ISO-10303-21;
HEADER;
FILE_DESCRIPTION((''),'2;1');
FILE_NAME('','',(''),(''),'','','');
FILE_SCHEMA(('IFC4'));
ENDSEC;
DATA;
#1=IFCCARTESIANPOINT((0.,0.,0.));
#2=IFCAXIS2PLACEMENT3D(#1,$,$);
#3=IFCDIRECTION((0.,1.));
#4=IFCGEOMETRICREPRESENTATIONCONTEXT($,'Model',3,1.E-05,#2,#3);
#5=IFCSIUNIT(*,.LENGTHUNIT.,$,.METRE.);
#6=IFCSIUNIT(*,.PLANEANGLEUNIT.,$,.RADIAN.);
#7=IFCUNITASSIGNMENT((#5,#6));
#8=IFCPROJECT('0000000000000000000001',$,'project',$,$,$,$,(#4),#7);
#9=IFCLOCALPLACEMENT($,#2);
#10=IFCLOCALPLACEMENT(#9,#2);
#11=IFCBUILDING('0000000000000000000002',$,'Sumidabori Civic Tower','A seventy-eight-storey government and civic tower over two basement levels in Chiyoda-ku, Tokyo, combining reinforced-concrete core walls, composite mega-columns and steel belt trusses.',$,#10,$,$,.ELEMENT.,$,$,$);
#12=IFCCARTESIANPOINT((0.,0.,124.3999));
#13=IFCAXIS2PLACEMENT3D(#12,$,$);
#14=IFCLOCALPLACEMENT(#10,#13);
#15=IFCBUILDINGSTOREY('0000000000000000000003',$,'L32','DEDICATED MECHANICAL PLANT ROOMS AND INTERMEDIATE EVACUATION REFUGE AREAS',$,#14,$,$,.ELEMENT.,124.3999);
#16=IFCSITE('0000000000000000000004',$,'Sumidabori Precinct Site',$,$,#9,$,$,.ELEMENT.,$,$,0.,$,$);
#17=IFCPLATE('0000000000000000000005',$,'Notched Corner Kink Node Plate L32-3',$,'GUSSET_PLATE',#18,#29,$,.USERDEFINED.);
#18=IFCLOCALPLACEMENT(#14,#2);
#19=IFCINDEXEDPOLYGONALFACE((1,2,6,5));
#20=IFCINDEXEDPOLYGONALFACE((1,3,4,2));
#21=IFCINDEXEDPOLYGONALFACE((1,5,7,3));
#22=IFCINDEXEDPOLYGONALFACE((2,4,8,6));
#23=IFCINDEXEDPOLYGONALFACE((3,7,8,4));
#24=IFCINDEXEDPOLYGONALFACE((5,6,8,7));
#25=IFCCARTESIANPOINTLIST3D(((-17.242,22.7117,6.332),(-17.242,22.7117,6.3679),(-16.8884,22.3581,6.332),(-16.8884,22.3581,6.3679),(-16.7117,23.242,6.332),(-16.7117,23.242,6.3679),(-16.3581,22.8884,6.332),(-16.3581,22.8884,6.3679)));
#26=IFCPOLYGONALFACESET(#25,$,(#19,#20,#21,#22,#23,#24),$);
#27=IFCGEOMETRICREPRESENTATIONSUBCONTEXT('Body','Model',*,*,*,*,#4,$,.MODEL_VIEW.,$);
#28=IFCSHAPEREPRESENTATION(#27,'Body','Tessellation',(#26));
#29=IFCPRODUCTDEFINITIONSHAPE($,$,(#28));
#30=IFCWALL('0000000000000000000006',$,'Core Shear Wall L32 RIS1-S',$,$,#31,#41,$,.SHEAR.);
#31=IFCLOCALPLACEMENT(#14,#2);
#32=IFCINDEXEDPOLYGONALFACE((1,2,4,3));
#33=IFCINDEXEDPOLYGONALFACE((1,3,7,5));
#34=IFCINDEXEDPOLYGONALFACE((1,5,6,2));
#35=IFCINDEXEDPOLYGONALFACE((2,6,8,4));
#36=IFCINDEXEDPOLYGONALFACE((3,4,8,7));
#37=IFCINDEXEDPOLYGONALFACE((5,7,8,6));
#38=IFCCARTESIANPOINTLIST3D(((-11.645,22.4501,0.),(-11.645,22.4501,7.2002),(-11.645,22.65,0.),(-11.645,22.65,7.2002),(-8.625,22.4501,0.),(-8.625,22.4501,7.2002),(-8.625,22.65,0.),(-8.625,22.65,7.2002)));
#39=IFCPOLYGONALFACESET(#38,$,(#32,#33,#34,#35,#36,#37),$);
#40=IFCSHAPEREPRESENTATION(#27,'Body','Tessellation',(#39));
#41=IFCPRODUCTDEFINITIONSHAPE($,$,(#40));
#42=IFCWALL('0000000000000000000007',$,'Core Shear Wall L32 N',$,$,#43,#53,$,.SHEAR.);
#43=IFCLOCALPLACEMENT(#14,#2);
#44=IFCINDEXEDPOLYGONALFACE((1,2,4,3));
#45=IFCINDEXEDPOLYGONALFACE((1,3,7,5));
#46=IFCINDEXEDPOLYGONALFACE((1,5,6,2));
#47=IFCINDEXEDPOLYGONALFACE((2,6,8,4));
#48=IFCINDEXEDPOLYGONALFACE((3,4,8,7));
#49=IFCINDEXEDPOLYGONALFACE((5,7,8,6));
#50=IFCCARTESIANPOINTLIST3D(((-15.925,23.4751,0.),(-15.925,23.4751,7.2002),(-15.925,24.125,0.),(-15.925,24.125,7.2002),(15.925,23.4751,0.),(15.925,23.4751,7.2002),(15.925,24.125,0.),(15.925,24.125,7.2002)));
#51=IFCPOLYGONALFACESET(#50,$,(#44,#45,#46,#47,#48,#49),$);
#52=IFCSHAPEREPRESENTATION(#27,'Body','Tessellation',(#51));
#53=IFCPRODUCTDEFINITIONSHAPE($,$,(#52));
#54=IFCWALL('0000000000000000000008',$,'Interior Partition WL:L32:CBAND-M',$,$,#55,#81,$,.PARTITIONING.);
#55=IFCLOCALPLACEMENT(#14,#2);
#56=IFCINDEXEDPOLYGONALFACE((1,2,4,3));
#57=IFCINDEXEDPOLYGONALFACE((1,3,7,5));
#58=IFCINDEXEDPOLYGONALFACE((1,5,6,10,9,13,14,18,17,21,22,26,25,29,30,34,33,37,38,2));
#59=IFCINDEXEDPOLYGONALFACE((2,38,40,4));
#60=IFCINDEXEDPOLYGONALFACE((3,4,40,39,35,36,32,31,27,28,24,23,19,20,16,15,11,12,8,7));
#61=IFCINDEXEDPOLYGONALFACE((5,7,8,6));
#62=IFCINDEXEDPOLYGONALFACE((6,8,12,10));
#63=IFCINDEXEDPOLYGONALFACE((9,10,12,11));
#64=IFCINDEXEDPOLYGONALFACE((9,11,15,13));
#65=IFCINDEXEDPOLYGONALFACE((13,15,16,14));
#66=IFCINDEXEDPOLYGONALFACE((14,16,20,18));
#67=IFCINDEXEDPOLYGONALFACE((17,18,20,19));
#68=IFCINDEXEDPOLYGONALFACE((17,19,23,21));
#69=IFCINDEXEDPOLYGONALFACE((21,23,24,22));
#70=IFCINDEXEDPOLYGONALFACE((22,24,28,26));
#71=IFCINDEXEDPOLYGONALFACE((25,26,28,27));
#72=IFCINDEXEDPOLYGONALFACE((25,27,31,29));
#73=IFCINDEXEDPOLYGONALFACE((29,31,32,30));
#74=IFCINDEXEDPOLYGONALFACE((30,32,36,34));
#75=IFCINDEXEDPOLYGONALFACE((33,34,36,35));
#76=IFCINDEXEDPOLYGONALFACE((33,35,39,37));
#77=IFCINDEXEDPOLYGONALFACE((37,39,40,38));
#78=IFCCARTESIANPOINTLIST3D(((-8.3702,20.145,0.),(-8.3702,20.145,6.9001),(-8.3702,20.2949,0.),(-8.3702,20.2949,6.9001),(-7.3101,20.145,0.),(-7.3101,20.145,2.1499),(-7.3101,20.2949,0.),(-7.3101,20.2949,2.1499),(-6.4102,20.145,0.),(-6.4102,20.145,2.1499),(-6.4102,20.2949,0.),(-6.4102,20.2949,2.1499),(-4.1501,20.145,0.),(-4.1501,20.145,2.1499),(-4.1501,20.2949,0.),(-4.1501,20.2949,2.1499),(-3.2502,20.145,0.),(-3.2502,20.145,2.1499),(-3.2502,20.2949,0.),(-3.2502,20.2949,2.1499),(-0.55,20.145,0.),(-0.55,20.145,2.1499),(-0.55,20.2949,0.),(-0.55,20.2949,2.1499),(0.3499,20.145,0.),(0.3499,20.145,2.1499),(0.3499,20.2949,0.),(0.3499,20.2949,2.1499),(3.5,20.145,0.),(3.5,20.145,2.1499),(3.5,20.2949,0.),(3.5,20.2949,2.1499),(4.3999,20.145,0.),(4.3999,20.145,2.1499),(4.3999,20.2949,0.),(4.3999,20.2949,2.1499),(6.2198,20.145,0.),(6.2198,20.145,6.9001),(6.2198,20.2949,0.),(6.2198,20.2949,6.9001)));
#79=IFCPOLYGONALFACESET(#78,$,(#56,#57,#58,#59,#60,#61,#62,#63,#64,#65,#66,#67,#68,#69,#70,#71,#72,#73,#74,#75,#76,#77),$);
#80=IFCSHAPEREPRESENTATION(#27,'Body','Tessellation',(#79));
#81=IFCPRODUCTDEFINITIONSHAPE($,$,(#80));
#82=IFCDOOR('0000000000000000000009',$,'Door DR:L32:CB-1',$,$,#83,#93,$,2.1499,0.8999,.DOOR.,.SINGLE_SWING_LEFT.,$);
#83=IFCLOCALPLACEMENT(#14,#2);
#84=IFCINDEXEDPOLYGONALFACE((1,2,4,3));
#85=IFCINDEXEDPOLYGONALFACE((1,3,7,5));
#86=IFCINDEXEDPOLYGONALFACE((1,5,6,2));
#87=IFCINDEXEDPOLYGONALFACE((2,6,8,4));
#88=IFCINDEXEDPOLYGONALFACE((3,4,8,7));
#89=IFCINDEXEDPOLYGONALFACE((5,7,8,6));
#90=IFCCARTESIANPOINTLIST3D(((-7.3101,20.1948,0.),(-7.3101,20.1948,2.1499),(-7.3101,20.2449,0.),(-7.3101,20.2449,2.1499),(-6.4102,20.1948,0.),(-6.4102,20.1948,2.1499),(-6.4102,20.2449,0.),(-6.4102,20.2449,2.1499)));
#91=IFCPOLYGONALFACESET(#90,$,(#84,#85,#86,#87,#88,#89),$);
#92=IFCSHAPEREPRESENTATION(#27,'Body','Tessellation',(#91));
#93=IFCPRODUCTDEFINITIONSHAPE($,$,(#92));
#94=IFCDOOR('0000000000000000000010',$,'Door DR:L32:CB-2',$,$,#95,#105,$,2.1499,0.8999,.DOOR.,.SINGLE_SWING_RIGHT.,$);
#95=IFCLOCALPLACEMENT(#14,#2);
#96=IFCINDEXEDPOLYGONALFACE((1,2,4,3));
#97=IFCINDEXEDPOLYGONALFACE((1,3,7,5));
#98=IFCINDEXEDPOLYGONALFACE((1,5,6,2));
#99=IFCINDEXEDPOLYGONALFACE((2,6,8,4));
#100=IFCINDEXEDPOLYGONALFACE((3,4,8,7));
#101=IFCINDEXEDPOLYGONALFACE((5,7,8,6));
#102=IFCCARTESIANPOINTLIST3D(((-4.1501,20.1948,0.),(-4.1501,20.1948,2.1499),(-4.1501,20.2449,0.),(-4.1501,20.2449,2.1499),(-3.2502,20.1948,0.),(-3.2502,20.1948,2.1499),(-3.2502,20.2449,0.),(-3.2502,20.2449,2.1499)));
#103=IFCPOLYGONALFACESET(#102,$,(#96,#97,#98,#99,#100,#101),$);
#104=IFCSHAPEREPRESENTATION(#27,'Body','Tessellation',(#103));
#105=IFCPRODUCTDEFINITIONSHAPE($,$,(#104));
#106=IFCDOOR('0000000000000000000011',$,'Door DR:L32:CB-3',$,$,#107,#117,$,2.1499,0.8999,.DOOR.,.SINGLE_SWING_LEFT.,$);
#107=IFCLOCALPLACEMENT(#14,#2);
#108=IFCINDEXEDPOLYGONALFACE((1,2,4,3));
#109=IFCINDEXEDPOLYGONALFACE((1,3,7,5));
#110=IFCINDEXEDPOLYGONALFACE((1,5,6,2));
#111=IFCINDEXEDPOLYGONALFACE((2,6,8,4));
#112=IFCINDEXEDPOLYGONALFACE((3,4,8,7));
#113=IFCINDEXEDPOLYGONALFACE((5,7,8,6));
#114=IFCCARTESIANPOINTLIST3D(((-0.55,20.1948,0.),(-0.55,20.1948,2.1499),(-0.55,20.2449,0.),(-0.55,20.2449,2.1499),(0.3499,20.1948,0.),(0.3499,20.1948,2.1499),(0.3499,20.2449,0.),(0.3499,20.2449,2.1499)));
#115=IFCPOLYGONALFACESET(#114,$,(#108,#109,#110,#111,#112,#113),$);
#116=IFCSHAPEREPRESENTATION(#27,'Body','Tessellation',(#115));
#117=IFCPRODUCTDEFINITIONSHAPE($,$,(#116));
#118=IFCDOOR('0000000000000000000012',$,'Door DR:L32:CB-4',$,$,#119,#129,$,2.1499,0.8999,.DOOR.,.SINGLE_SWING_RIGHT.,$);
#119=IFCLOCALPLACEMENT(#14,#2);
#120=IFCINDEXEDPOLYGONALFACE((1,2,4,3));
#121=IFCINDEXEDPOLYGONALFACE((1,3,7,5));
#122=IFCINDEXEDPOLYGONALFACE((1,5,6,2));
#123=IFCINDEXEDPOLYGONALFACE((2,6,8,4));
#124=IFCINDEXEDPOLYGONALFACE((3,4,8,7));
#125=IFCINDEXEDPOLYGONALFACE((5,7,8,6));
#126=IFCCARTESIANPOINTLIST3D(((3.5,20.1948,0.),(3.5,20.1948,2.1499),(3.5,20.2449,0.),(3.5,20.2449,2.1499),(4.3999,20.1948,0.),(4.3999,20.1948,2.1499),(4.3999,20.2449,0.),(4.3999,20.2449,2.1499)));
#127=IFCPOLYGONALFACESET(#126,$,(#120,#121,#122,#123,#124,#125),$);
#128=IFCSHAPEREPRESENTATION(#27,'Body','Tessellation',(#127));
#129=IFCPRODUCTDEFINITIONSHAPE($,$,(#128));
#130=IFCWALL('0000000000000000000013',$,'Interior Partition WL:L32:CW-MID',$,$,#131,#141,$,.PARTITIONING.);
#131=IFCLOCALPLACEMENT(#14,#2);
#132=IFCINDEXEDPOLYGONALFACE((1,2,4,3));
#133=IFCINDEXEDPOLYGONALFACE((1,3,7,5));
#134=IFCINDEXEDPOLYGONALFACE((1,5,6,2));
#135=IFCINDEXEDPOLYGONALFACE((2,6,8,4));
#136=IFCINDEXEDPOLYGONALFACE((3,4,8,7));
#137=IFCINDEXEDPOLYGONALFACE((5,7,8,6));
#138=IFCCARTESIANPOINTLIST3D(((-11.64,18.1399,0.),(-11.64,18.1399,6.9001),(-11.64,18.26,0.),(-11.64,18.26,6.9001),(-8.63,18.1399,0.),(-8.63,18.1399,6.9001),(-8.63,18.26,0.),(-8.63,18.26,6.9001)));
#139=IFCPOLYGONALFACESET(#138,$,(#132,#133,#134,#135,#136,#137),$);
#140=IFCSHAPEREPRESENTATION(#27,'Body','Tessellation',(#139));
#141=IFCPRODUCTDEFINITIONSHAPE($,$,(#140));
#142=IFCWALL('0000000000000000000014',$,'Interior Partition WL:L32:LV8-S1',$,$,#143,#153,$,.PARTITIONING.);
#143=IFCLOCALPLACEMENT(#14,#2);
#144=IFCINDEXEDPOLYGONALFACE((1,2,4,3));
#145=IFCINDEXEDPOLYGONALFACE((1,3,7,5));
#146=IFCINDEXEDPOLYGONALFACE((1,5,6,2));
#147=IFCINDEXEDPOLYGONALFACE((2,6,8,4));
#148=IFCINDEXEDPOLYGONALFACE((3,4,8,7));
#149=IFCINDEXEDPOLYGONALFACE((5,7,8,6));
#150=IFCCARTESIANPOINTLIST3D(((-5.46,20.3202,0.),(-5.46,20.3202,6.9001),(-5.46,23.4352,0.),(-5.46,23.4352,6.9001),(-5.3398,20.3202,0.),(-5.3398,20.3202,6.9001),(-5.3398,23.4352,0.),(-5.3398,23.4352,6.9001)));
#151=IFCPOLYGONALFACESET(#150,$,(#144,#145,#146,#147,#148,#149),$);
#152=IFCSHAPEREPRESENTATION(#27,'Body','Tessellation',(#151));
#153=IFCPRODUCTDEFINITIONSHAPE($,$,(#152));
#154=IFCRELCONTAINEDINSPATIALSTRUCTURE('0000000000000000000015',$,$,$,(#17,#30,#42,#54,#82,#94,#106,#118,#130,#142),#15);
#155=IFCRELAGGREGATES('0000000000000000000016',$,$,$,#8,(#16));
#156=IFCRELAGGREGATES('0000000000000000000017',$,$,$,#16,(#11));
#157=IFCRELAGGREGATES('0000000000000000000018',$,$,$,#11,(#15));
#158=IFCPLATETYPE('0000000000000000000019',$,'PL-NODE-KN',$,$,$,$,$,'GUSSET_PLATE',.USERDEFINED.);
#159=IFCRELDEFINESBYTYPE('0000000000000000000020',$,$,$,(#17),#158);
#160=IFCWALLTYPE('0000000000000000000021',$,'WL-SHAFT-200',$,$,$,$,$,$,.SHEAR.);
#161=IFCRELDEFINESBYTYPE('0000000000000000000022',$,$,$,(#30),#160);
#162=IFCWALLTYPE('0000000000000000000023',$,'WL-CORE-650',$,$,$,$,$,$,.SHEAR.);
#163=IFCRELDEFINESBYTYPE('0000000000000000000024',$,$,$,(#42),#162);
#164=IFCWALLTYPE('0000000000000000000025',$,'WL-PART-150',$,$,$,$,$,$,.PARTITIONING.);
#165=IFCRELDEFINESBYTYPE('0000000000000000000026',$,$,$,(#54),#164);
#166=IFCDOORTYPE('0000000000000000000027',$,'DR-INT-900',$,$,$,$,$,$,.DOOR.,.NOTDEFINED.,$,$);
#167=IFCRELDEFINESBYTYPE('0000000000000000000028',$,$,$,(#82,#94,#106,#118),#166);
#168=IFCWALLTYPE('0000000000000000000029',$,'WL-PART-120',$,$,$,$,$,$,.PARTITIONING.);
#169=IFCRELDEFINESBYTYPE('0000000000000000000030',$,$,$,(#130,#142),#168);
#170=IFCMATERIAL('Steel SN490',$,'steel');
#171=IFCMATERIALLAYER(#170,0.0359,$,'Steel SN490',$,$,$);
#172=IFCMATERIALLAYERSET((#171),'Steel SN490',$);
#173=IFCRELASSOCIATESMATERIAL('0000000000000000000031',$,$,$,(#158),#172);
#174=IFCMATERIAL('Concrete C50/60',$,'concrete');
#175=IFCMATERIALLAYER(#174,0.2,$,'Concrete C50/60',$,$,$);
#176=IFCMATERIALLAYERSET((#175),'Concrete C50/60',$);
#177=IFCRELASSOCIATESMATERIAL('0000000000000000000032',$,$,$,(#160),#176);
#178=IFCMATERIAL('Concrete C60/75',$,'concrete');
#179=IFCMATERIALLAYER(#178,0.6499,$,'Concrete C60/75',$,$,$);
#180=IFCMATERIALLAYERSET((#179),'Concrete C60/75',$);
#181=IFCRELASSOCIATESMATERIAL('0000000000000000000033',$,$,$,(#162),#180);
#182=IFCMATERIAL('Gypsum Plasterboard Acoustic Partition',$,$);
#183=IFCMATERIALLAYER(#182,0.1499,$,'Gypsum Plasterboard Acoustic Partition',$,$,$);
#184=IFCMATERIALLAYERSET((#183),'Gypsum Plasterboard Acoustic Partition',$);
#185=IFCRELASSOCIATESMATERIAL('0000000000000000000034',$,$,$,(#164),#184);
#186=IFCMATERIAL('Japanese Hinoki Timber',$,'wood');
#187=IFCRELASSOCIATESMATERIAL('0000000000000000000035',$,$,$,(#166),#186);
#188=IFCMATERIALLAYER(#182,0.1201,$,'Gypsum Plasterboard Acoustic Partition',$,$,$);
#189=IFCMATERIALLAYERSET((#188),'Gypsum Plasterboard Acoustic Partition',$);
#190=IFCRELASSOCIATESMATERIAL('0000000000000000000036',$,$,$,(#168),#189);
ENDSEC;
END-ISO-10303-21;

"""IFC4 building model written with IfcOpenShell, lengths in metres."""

from ifc_helpers import new_model, si_unit, direction, frame, frame_2d, origin, origin_2d, place, context, subcontext, project, spatial, rectangle, extrude, source, transform, mapped, material, layer, layer_set, type_object, element, fill, save


model = new_model("IFC4")

# Units and contexts
model_context = context("Model", 3, precision=1e-05, world=origin(), true_north=direction((0.0, 1.0)))
body_context = subcontext(model_context, "Body", "Model", "MODEL_VIEW")
ifc_project = project(units=[si_unit("LENGTHUNIT", "METRE"), si_unit("PLANEANGLEUNIT", "RADIAN")], contexts=[model_context])

# Site, building, storey
site_placement = place(None, origin())
site = spatial("IfcSite", under=ifc_project, at=site_placement, Name="Sumidabori Precinct Site", CompositionType="ELEMENT", RefElevation=0.0)
building_placement = place(site_placement, origin())
building = spatial("IfcBuilding", under=site, at=building_placement, Name="Sumidabori Civic Tower", Description="A seventy-eight-storey government and civic tower over two basement levels in Chiyoda-ku, Tokyo, combining reinforced-concrete core walls, composite mega-columns and steel belt trusses.", CompositionType="ELEMENT")
storey_placement = place(building_placement, frame((0.0, 0.0, 124.3999)))
storey = spatial("IfcBuildingStorey", under=building, at=storey_placement, Name="L32", Description="DEDICATED MECHANICAL PLANT ROOMS AND INTERMEDIATE EVACUATION REFUGE AREAS", CompositionType="ELEMENT", Elevation=124.3999)

# Shared definitions
ifc_material_1 = material(Name="Concrete C60/75", Category="concrete")

# Shared definitions
ifc_material_2 = material(Name="Steel SN490", Category="steel")

# Plate
ifc_layer_1 = layer(ifc_material_2, 0.0359, Name="Steel SN490")
ifc_layer_set_1 = layer_set([ifc_layer_1], Name="Steel SN490")
plate_type_1 = type_object("IfcPlateType", Name="PL-NODE-KN", ElementType="GUSSET_PLATE", PredefinedType="USERDEFINED", material=ifc_layer_set_1)
shared_shape_1 = source(origin(), body_context, "Body", "SweptSolid", [
    extrude(rectangle(XDim=0.75, YDim=0.5, at=origin_2d()), origin(), (0.0, 0.0, 1.0), 0.0359),
])
plate_1_placement = place(storey_placement, frame((-16.8, 22.8, 6.332), z_axis=(0.0, 0.0, 1.0), x_axis=(0.707107, 0.707107, 0.0)))
element("IfcPlate", 1, at=plate_1_placement, inside=storey, type_object=plate_type_1, Name="Notched Corner Kink Node Plate L32-3", ObjectType="GUSSET_PLATE", PredefinedType="USERDEFINED", context=body_context, shape_type="MappedRepresentation", body=[
    mapped(shared_shape_1, transform((0.0, 0.0, 0.0), x_axis=(1.0, 0.0, 0.0), y_axis=(0.0, 1.0, 0.0), z_axis=(0.0, 0.0, 1.0), scale=1.0)),
])

# Walls
ifc_material_3 = material(Name="Concrete C50/60", Category="concrete")
ifc_layer_2 = layer(ifc_material_3, 0.2, Name="Concrete C50/60")
ifc_layer_set_2 = layer_set([ifc_layer_2], Name="Concrete C50/60")
wall_type_1 = type_object("IfcWallType", Name="WL-SHAFT-200", PredefinedType="SHEAR", material=ifc_layer_set_2)
shared_shape_2 = source(origin(), body_context, "Body", "SweptSolid", [
    extrude(rectangle(XDim=3.02, YDim=0.2, at=frame_2d((1.51, 0.0))), origin(), (0.0, 0.0, 1.0), 7.2002),
])
wall_1_placement = place(storey_placement, frame((-11.645, 22.55, 0.0), z_axis=(0.0, 0.0, 1.0), x_axis=(1.0, 0.0, 0.0)))
element("IfcWall", 2, at=wall_1_placement, inside=storey, type_object=wall_type_1, Name="Core Shear Wall L32 RIS1-S", PredefinedType="SHEAR", context=body_context, shape_type="MappedRepresentation", body=[
    mapped(shared_shape_2, transform((0.0, 0.0, 0.0), x_axis=(1.0, 0.0, 0.0), y_axis=(0.0, 1.0, 0.0), z_axis=(0.0, 0.0, 1.0), scale=1.0)),
])
ifc_layer_3 = layer(ifc_material_1, 0.6499, Name="Concrete C60/75")
ifc_layer_set_3 = layer_set([ifc_layer_3], Name="Concrete C60/75")
wall_type_2 = type_object("IfcWallType", Name="WL-CORE-650", PredefinedType="SHEAR", material=ifc_layer_set_3)
shared_shape_3 = source(origin(), body_context, "Body", "SweptSolid", [
    extrude(rectangle(XDim=31.8501, YDim=0.6499, at=frame_2d((15.925, 0.0))), origin(), (0.0, 0.0, 1.0), 7.2002),
])
wall_2_placement = place(storey_placement, frame((-15.925, 23.8, 0.0), z_axis=(0.0, 0.0, 1.0), x_axis=(1.0, 0.0, 0.0)))
element("IfcWall", 3, at=wall_2_placement, inside=storey, type_object=wall_type_2, Name="Core Shear Wall L32 N", PredefinedType="SHEAR", context=body_context, shape_type="MappedRepresentation", body=[
    mapped(shared_shape_3, transform((0.0, 0.0, 0.0), x_axis=(1.0, 0.0, 0.0), y_axis=(0.0, 1.0, 0.0), z_axis=(0.0, 0.0, 1.0), scale=1.0)),
])

# Wall, openings, doors
ifc_material_4 = material(Name="Gypsum Plasterboard Acoustic Partition")
ifc_layer_4 = layer(ifc_material_4, 0.1499, Name="Gypsum Plasterboard Acoustic Partition")
ifc_layer_set_4 = layer_set([ifc_layer_4], Name="Gypsum Plasterboard Acoustic Partition")
wall_type_3 = type_object("IfcWallType", Name="WL-PART-150", PredefinedType="PARTITIONING", material=ifc_layer_set_4)
shared_shape_4 = source(origin(), body_context, "Body", "SweptSolid", [
    extrude(rectangle(XDim=14.5901, YDim=0.1499, at=frame_2d((7.2949, 0.0))), origin(), (0.0, 0.0, 1.0), 6.9001),
])
wall_3_placement = place(storey_placement, frame((-8.3701, 20.22, 0.0), z_axis=(0.0, 0.0, 1.0), x_axis=(1.0, 0.0, 0.0)))
wall_3 = element("IfcWall", 4, at=wall_3_placement, inside=storey, type_object=wall_type_3, Name="Interior Partition WL:L32:CBAND-M", PredefinedType="PARTITIONING", context=body_context, shape_type="MappedRepresentation", body=[
    mapped(shared_shape_4, transform((0.0, 0.0, 0.0), x_axis=(1.0, 0.0, 0.0), y_axis=(0.0, 1.0, 0.0), z_axis=(0.0, 0.0, 1.0), scale=1.0)),
])
opening_1_placement = place(wall_3_placement, frame((1.0601, 0.0, 0.0)))
opening_1 = element("IfcOpeningElement", 5, at=opening_1_placement, cuts=wall_3, PredefinedType="OPENING", context=body_context, shape_type="SweptSolid", body=[
    extrude(rectangle(XDim=0.8999, YDim=2.1499, at=frame_2d((0.45, 1.075))), frame((0.0, 0.0869, 0.0), z_axis=(0.0, -1.0, 0.0), x_axis=(1.0, 0.0, 0.0)), (0.0, 0.0, 1.0), 0.1738),
])
opening_2_placement = place(wall_3_placement, frame((4.22, 0.0, 0.0)))
opening_2 = element("IfcOpeningElement", 6, at=opening_2_placement, cuts=wall_3, PredefinedType="OPENING", context=body_context, shape_type="SweptSolid", body=[
    extrude(rectangle(XDim=0.8999, YDim=2.1499, at=frame_2d((0.45, 1.075))), frame((0.0, 0.0869, 0.0), z_axis=(0.0, -1.0, 0.0), x_axis=(1.0, 0.0, 0.0)), (0.0, 0.0, 1.0), 0.1738),
])
opening_3_placement = place(wall_3_placement, frame((7.8201, 0.0, 0.0)))
opening_3 = element("IfcOpeningElement", 7, at=opening_3_placement, cuts=wall_3, PredefinedType="OPENING", context=body_context, shape_type="SweptSolid", body=[
    extrude(rectangle(XDim=0.8999, YDim=2.1499, at=frame_2d((0.45, 1.075))), frame((0.0, 0.0869, 0.0), z_axis=(0.0, -1.0, 0.0), x_axis=(1.0, 0.0, 0.0)), (0.0, 0.0, 1.0), 0.1738),
])
opening_4_placement = place(wall_3_placement, frame((11.8701, 0.0, 0.0)))
opening_4 = element("IfcOpeningElement", 8, at=opening_4_placement, cuts=wall_3, PredefinedType="OPENING", context=body_context, shape_type="SweptSolid", body=[
    extrude(rectangle(XDim=0.8999, YDim=2.1499, at=frame_2d((0.45, 1.075))), frame((0.0, 0.0869, 0.0), z_axis=(0.0, -1.0, 0.0), x_axis=(1.0, 0.0, 0.0)), (0.0, 0.0, 1.0), 0.1738),
])
ifc_material_5 = material(Name="Japanese Hinoki Timber", Category="wood")
door_type = type_object("IfcDoorType", Name="DR-INT-900", OperationType="NOTDEFINED", PredefinedType="DOOR", material=ifc_material_5)
shared_shape_5 = source(origin(), body_context, "Body", "SweptSolid", [
    extrude(rectangle(XDim=0.8999, YDim=2.1499, at=frame_2d((0.45, 1.075))), frame((0.0, 0.0249, 0.0), z_axis=(0.0, -1.0, 0.0), x_axis=(1.0, 0.0, 0.0)), (0.0, 0.0, 1.0), 0.05),
])
door_1_placement = place(opening_1_placement, origin())
door_1 = element("IfcDoor", 9, at=door_1_placement, inside=storey, type_object=door_type, Name="Door DR:L32:CB-1", OperationType="SINGLE_SWING_LEFT", OverallHeight=2.1499, OverallWidth=0.8999, PredefinedType="DOOR", context=body_context, shape_type="MappedRepresentation", body=[
    mapped(shared_shape_5, transform((0.0, 0.0, 0.0), x_axis=(1.0, 0.0, 0.0), y_axis=(0.0, 1.0, 0.0), z_axis=(0.0, 0.0, 1.0), scale=1.0)),
])
fill(opening_1, door_1)
door_2_placement = place(opening_2_placement, origin())
door_2 = element("IfcDoor", 10, at=door_2_placement, inside=storey, type_object=door_type, Name="Door DR:L32:CB-2", OperationType="SINGLE_SWING_RIGHT", OverallHeight=2.1499, OverallWidth=0.8999, PredefinedType="DOOR", context=body_context, shape_type="MappedRepresentation", body=[
    mapped(shared_shape_5, transform((0.0, 0.0, 0.0), x_axis=(1.0, 0.0, 0.0), y_axis=(0.0, 1.0, 0.0), z_axis=(0.0, 0.0, 1.0), scale=1.0)),
])
fill(opening_2, door_2)
door_3_placement = place(opening_3_placement, origin())
door_3 = element("IfcDoor", 11, at=door_3_placement, inside=storey, type_object=door_type, Name="Door DR:L32:CB-3", OperationType="SINGLE_SWING_LEFT", OverallHeight=2.1499, OverallWidth=0.8999, PredefinedType="DOOR", context=body_context, shape_type="MappedRepresentation", body=[
    mapped(shared_shape_5, transform((0.0, 0.0, 0.0), x_axis=(1.0, 0.0, 0.0), y_axis=(0.0, 1.0, 0.0), z_axis=(0.0, 0.0, 1.0), scale=1.0)),
])
fill(opening_3, door_3)
door_4_placement = place(opening_4_placement, origin())
door_4 = element("IfcDoor", 12, at=door_4_placement, inside=storey, type_object=door_type, Name="Door DR:L32:CB-4", OperationType="SINGLE_SWING_RIGHT", OverallHeight=2.1499, OverallWidth=0.8999, PredefinedType="DOOR", context=body_context, shape_type="MappedRepresentation", body=[
    mapped(shared_shape_5, transform((0.0, 0.0, 0.0), x_axis=(1.0, 0.0, 0.0), y_axis=(0.0, 1.0, 0.0), z_axis=(0.0, 0.0, 1.0), scale=1.0)),
])
fill(opening_4, door_4)

# Walls
ifc_layer_5 = layer(ifc_material_4, 0.1201, Name="Gypsum Plasterboard Acoustic Partition")
ifc_layer_set_5 = layer_set([ifc_layer_5], Name="Gypsum Plasterboard Acoustic Partition")
wall_type_4 = type_object("IfcWallType", Name="WL-PART-120", PredefinedType="PARTITIONING", material=ifc_layer_set_5)
shared_shape_6 = source(origin(), body_context, "Body", "SweptSolid", [
    extrude(rectangle(XDim=3.01, YDim=0.1201, at=frame_2d((1.5049, 0.0))), origin(), (0.0, 0.0, 1.0), 6.9001),
])
wall_4_placement = place(storey_placement, frame((-11.6399, 18.2, 0.0), z_axis=(0.0, 0.0, 1.0), x_axis=(1.0, 0.0, 0.0)))
element("IfcWall", 13, at=wall_4_placement, inside=storey, type_object=wall_type_4, Name="Interior Partition WL:L32:CW-MID", PredefinedType="PARTITIONING", context=body_context, shape_type="MappedRepresentation", body=[
    mapped(shared_shape_6, transform((0.0, 0.0, 0.0), x_axis=(1.0, 0.0, 0.0), y_axis=(0.0, 1.0, 0.0), z_axis=(0.0, 0.0, 1.0), scale=1.0)),
])
shared_shape_7 = source(origin(), body_context, "Body", "SweptSolid", [
    extrude(rectangle(XDim=3.115, YDim=0.1201, at=frame_2d((1.5576, 0.0))), origin(), (0.0, 0.0, 1.0), 6.9001),
])
for number, where, z_axis, x_axis, name in (
    (14, (-5.3999, 20.3201, 0.0), (0.0, 0.0, 1.0), (0.0, 1.0, 0.0), "Interior Partition WL:L32:LV8-S1"),
):
    element("IfcWall", number, at=place(storey_placement, frame(where, z_axis=z_axis, x_axis=x_axis)), inside=storey, type_object=wall_type_4, Name=name, PredefinedType="PARTITIONING", context=body_context, shape_type="MappedRepresentation", body=[
        mapped(shared_shape_7, transform((0.0, 0.0, 0.0), x_axis=(1.0, 0.0, 0.0), y_axis=(0.0, 1.0, 0.0), z_axis=(0.0, 0.0, 1.0), scale=1.0)),
    ])

save(model, "model.ifc")
